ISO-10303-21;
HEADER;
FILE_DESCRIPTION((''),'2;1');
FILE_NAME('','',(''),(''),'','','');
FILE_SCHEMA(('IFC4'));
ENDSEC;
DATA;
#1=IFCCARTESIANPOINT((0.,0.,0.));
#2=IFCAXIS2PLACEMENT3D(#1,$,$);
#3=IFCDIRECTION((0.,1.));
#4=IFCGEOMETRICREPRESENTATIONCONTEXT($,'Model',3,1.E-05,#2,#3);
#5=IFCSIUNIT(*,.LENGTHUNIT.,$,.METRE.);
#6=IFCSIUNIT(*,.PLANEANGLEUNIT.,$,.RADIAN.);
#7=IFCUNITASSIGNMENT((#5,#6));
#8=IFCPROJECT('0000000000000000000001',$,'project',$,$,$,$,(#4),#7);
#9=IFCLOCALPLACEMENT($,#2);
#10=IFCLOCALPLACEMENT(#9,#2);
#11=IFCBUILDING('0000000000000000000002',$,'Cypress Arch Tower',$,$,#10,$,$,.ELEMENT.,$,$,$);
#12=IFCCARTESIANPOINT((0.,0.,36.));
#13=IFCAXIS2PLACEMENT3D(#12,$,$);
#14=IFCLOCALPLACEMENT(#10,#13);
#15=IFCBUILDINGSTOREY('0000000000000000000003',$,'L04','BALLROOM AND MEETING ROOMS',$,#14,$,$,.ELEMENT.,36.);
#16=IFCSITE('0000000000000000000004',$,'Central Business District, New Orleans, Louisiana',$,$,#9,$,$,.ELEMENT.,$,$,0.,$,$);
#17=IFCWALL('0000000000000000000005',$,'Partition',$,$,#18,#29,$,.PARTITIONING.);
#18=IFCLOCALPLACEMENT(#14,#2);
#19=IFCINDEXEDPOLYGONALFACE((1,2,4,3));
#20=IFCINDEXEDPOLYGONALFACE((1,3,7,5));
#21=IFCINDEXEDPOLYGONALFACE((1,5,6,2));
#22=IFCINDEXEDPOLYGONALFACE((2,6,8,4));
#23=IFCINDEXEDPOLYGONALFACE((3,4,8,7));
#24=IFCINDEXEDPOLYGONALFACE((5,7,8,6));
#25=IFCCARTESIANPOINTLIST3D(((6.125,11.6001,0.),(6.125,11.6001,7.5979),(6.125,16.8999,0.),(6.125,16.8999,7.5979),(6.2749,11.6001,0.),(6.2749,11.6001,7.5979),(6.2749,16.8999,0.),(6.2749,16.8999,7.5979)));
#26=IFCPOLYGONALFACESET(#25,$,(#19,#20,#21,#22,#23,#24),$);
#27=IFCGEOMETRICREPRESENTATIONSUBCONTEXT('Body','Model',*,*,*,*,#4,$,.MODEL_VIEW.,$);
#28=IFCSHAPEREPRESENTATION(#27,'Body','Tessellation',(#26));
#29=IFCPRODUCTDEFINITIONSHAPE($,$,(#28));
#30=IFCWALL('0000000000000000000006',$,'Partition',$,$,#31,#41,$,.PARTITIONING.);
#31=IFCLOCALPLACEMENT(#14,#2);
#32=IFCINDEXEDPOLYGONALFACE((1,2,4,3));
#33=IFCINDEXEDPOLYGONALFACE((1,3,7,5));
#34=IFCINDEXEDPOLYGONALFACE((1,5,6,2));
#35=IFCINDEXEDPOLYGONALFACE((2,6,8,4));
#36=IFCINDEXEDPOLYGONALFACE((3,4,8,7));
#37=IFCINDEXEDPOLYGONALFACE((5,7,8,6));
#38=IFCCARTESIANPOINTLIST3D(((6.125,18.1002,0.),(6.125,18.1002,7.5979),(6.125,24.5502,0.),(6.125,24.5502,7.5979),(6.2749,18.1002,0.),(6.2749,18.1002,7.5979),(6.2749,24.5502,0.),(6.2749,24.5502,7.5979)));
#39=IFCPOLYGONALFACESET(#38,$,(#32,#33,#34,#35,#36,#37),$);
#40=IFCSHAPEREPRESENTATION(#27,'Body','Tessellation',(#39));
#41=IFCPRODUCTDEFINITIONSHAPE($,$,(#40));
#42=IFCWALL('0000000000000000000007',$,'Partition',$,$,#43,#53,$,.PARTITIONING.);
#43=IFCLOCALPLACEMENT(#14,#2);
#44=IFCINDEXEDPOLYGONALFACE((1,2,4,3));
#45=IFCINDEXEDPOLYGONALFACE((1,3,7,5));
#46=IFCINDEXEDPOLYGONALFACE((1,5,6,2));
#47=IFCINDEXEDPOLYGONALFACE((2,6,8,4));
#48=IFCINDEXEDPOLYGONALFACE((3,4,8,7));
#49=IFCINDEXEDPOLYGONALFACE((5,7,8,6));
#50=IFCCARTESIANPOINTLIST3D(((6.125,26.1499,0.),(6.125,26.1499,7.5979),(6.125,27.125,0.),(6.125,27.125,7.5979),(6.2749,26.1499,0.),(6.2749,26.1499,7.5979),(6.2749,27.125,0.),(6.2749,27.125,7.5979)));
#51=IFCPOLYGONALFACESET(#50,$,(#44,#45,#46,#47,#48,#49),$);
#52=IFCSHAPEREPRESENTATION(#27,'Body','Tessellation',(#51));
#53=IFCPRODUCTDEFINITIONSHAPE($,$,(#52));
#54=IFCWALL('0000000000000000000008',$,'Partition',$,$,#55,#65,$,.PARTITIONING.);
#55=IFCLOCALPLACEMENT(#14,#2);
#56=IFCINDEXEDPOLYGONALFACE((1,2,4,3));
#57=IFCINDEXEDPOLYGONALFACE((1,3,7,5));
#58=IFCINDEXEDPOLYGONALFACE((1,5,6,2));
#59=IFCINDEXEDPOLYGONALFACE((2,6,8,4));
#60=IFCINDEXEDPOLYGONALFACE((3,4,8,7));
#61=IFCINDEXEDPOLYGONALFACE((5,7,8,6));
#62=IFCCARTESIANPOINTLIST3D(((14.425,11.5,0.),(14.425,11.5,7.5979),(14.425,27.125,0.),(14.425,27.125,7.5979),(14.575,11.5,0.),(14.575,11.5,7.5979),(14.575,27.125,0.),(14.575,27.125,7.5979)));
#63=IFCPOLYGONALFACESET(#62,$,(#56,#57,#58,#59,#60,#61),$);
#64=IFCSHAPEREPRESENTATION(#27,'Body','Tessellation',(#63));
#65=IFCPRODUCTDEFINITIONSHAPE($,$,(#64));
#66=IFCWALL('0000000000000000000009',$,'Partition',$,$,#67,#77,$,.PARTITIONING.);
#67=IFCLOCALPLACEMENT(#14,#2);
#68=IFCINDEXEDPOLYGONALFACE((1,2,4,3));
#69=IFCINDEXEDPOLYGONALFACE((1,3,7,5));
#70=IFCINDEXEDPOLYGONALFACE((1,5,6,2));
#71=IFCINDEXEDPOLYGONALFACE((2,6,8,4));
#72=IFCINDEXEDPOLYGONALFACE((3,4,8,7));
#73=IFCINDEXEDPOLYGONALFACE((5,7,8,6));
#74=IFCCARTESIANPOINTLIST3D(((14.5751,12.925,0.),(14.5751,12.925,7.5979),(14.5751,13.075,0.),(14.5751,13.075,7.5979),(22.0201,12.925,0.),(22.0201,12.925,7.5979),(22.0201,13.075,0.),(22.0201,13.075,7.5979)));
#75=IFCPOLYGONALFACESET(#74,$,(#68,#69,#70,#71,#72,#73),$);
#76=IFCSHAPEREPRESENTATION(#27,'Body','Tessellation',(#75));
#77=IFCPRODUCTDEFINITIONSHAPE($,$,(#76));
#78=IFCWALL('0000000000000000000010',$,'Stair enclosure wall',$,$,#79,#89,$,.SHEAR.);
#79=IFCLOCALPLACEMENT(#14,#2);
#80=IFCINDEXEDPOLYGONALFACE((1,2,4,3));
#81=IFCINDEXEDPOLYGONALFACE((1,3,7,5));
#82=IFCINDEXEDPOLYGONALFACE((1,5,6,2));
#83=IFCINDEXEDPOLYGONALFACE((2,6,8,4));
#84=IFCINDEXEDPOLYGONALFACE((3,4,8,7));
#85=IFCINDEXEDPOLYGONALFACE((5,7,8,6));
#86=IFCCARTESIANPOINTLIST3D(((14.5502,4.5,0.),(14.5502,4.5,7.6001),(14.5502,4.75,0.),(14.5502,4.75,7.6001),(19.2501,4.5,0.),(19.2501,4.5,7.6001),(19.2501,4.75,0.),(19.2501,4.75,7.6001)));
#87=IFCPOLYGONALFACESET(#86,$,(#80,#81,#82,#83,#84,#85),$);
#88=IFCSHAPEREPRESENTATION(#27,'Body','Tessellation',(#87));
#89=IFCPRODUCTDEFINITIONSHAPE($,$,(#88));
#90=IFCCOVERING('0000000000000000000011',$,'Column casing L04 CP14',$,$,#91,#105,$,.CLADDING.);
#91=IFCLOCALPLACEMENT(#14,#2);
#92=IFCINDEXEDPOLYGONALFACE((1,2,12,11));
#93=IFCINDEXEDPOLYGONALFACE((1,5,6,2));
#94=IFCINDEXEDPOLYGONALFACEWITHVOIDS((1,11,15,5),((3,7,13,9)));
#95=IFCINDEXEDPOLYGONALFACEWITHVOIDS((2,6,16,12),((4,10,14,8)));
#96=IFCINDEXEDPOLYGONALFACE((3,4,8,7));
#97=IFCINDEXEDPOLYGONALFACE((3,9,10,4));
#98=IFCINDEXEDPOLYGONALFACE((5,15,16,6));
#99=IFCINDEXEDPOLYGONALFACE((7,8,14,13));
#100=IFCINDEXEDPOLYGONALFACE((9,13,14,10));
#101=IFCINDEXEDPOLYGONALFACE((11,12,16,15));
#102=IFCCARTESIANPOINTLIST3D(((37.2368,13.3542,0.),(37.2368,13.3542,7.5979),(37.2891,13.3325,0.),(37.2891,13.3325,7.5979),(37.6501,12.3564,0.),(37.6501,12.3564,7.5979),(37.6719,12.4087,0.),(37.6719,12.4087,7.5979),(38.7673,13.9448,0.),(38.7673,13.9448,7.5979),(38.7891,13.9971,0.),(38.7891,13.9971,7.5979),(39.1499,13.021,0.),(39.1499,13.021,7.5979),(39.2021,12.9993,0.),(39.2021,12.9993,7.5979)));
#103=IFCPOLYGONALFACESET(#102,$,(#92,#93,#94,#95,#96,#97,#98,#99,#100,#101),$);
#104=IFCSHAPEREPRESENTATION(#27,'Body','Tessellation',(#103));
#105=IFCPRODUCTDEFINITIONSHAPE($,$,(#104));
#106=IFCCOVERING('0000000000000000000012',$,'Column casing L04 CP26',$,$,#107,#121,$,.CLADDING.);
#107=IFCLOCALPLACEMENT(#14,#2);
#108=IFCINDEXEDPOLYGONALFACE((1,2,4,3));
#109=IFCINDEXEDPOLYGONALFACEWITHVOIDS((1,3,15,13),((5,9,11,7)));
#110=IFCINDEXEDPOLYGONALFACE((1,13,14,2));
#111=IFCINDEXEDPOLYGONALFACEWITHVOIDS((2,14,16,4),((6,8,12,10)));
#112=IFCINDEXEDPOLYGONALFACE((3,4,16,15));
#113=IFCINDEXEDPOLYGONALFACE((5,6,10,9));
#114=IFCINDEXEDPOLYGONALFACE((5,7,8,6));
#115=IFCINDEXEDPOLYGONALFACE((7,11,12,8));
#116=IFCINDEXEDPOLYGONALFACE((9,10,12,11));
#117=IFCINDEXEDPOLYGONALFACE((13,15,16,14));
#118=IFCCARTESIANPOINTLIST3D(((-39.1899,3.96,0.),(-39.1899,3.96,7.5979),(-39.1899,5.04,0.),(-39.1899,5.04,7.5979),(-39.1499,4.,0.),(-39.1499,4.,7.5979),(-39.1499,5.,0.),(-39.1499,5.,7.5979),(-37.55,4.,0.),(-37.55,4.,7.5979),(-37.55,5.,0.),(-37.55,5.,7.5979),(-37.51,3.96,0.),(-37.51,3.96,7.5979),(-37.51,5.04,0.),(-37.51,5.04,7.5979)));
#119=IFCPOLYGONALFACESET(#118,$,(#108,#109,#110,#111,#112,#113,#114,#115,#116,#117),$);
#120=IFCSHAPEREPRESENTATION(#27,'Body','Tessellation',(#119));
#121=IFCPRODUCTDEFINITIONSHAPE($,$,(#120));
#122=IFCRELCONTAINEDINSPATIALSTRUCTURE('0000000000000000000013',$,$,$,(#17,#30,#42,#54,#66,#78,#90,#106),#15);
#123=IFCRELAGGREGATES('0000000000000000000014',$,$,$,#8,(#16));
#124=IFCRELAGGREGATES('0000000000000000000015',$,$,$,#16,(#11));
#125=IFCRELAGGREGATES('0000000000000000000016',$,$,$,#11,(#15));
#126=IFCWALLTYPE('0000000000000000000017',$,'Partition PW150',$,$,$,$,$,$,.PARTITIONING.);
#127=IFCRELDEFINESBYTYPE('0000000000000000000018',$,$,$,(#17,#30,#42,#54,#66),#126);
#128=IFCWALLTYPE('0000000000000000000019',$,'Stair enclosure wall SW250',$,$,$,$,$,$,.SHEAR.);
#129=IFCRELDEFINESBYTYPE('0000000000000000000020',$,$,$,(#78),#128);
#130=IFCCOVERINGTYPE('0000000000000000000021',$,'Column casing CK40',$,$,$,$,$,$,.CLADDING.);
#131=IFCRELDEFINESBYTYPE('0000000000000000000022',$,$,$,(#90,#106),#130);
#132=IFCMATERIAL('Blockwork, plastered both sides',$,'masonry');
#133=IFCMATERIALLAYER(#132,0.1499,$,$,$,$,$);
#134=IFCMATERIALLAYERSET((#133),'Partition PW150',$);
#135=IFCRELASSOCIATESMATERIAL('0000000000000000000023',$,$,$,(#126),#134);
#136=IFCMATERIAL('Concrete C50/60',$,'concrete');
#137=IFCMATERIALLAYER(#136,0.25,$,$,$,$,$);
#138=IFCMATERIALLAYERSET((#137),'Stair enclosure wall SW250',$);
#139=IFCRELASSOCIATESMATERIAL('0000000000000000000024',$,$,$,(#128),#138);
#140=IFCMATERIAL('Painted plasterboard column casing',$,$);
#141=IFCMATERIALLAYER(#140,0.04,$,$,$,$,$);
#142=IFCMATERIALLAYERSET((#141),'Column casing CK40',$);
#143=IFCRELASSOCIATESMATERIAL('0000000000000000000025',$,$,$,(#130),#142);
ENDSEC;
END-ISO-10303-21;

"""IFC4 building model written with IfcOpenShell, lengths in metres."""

from ifc_helpers import new_model, si_unit, direction, frame, frame_2d, origin, place, context, subcontext, project, spatial, polyline, rectangle, outline, extrude, material, layer, layer_set, type_object, element, save


model = new_model("IFC4")

# Units and contexts
model_context = context("Model", 3, precision=1e-05, world=origin(), true_north=direction((0.0, 1.0)))
body_context = subcontext(model_context, "Body", "Model", "MODEL_VIEW")
ifc_project = project(units=[si_unit("LENGTHUNIT", "METRE"), si_unit("PLANEANGLEUNIT", "RADIAN")], contexts=[model_context])

# Site, building, storey
site_placement = place(None, origin())
site = spatial("IfcSite", under=ifc_project, at=site_placement, Name="Central Business District, New Orleans, Louisiana", CompositionType="ELEMENT", RefElevation=0.0)
building_placement = place(site_placement, origin())
building = spatial("IfcBuilding", under=site, at=building_placement, Name="Cypress Arch Tower", CompositionType="ELEMENT")
storey_placement = place(building_placement, frame((0.0, 0.0, 36.0)))
storey = spatial("IfcBuildingStorey", under=building, at=storey_placement, Name="L04", Description="BALLROOM AND MEETING ROOMS", CompositionType="ELEMENT", Elevation=36.0)

# Walls
ifc_material_1 = material(Name="Blockwork, plastered both sides", Category="masonry")
ifc_layer_1 = layer(ifc_material_1, 0.1499)
ifc_layer_set_1 = layer_set([ifc_layer_1], Name="Partition PW150")
wall_type_1 = type_object("IfcWallType", Name="Partition PW150", PredefinedType="PARTITIONING", material=ifc_layer_set_1)
wall_1_placement = place(storey_placement, frame((6.2, 11.6001, 0.0), z_axis=(0.0, 0.0, 1.0), x_axis=(0.0, 1.0, 0.0)))
element("IfcWall", 1, at=wall_1_placement, inside=storey, type_object=wall_type_1, Name="Partition", PredefinedType="PARTITIONING", context=body_context, shape_type="SweptSolid", body=[
    extrude(rectangle(XDim=5.2998, YDim=0.1499, at=frame_2d((2.6499, 0.0))), origin(), (0.0, 0.0, 1.0), 7.5979),
])
wall_2_placement = place(storey_placement, frame((6.2, 18.1001, 0.0), z_axis=(0.0, 0.0, 1.0), x_axis=(0.0, 1.0, 0.0)))
element("IfcWall", 2, at=wall_2_placement, inside=storey, type_object=wall_type_1, Name="Partition", PredefinedType="PARTITIONING", context=body_context, shape_type="SweptSolid", body=[
    extrude(rectangle(XDim=6.45, YDim=0.1499, at=frame_2d((3.2251, 0.0))), origin(), (0.0, 0.0, 1.0), 7.5979),
])
wall_3_placement = place(storey_placement, frame((6.2, 26.1499, 0.0), z_axis=(0.0, 0.0, 1.0), x_axis=(0.0, 1.0, 0.0)))
element("IfcWall", 3, at=wall_3_placement, inside=storey, type_object=wall_type_1, Name="Partition", PredefinedType="PARTITIONING", context=body_context, shape_type="SweptSolid", body=[
    extrude(rectangle(XDim=0.9751, YDim=0.1499, at=frame_2d((0.4875, 0.0))), origin(), (0.0, 0.0, 1.0), 7.5979),
])
wall_4_placement = place(storey_placement, frame((14.5, 11.5, 0.0), z_axis=(0.0, 0.0, 1.0), x_axis=(0.0, 1.0, 0.0)))
element("IfcWall", 4, at=wall_4_placement, inside=storey, type_object=wall_type_1, Name="Partition", PredefinedType="PARTITIONING", context=body_context, shape_type="SweptSolid", body=[
    extrude(rectangle(XDim=15.625, YDim=0.1499, at=frame_2d((7.8125, 0.0))), origin(), (0.0, 0.0, 1.0), 7.5979),
])
wall_5_placement = place(storey_placement, frame((14.575, 13.0, 0.0), z_axis=(0.0, 0.0, 1.0), x_axis=(1.0, 0.0, 0.0)))
element("IfcWall", 5, at=wall_5_placement, inside=storey, type_object=wall_type_1, Name="Partition", PredefinedType="PARTITIONING", context=body_context, shape_type="SweptSolid", body=[
    extrude(rectangle(XDim=7.4451, YDim=0.1499, at=frame_2d((3.7227, 0.0))), origin(), (0.0, 0.0, 1.0), 7.5979),
])
ifc_material_2 = material(Name="Concrete C50/60", Category="concrete")
ifc_layer_2 = layer(ifc_material_2, 0.25)
ifc_layer_set_2 = layer_set([ifc_layer_2], Name="Stair enclosure wall SW250")
wall_type_2 = type_object("IfcWallType", Name="Stair enclosure wall SW250", PredefinedType="SHEAR", material=ifc_layer_set_2)
wall_6_placement = place(storey_placement, frame((14.55, 4.625, 0.0), z_axis=(0.0, 0.0, 1.0), x_axis=(1.0, 0.0, 0.0)))
element("IfcWall", 6, at=wall_6_placement, inside=storey, type_object=wall_type_2, Name="Stair enclosure wall", PredefinedType="SHEAR", context=body_context, shape_type="SweptSolid", body=[
    extrude(rectangle(XDim=4.7, YDim=0.25, at=frame_2d((2.3501, 0.0))), origin(), (0.0, 0.0, 1.0), 7.6001),
])

# Coverings
ifc_material_3 = material(Name="Painted plasterboard column casing")
ifc_layer_3 = layer(ifc_material_3, 0.04)
ifc_layer_set_3 = layer_set([ifc_layer_3], Name="Column casing CK40")
covering_type = type_object("IfcCoveringType", Name="Column casing CK40", PredefinedType="CLADDING", material=ifc_layer_set_3)
covering_1_placement = place(storey_placement, origin())
element("IfcCovering", 7, at=covering_1_placement, inside=storey, type_object=covering_type, Name="Column casing L04 CP14", PredefinedType="CLADDING", context=body_context, shape_type="SweptSolid", body=[
    extrude(outline(polyline([(39.2021, 12.9993), (37.6501, 12.3564), (37.2368, 13.3542), (38.7891, 13.9971), (39.2021, 12.9993)]), holes=[polyline([(39.1499, 13.021), (38.7673, 13.9448), (37.2891, 13.3325), (37.6719, 12.4087), (39.1499, 13.021)])]), origin(), (0.0, 0.0, 1.0), 7.5979),
])
covering_2_placement = place(storey_placement, origin())
element("IfcCovering", 8, at=covering_2_placement, inside=storey, type_object=covering_type, Name="Column casing L04 CP26", PredefinedType="CLADDING", context=body_context, shape_type="SweptSolid", body=[
    extrude(outline(polyline([(-39.1899, 5.04), (-37.51, 5.04), (-37.51, 3.96), (-39.1899, 3.96), (-39.1899, 5.04)]), holes=[polyline([(-39.1499, 5.0), (-39.1499, 4.0), (-37.55, 4.0), (-37.55, 5.0), (-39.1499, 5.0)])]), origin(), (0.0, 0.0, 1.0), 7.5979),
])

save(model, "model.ifc")
